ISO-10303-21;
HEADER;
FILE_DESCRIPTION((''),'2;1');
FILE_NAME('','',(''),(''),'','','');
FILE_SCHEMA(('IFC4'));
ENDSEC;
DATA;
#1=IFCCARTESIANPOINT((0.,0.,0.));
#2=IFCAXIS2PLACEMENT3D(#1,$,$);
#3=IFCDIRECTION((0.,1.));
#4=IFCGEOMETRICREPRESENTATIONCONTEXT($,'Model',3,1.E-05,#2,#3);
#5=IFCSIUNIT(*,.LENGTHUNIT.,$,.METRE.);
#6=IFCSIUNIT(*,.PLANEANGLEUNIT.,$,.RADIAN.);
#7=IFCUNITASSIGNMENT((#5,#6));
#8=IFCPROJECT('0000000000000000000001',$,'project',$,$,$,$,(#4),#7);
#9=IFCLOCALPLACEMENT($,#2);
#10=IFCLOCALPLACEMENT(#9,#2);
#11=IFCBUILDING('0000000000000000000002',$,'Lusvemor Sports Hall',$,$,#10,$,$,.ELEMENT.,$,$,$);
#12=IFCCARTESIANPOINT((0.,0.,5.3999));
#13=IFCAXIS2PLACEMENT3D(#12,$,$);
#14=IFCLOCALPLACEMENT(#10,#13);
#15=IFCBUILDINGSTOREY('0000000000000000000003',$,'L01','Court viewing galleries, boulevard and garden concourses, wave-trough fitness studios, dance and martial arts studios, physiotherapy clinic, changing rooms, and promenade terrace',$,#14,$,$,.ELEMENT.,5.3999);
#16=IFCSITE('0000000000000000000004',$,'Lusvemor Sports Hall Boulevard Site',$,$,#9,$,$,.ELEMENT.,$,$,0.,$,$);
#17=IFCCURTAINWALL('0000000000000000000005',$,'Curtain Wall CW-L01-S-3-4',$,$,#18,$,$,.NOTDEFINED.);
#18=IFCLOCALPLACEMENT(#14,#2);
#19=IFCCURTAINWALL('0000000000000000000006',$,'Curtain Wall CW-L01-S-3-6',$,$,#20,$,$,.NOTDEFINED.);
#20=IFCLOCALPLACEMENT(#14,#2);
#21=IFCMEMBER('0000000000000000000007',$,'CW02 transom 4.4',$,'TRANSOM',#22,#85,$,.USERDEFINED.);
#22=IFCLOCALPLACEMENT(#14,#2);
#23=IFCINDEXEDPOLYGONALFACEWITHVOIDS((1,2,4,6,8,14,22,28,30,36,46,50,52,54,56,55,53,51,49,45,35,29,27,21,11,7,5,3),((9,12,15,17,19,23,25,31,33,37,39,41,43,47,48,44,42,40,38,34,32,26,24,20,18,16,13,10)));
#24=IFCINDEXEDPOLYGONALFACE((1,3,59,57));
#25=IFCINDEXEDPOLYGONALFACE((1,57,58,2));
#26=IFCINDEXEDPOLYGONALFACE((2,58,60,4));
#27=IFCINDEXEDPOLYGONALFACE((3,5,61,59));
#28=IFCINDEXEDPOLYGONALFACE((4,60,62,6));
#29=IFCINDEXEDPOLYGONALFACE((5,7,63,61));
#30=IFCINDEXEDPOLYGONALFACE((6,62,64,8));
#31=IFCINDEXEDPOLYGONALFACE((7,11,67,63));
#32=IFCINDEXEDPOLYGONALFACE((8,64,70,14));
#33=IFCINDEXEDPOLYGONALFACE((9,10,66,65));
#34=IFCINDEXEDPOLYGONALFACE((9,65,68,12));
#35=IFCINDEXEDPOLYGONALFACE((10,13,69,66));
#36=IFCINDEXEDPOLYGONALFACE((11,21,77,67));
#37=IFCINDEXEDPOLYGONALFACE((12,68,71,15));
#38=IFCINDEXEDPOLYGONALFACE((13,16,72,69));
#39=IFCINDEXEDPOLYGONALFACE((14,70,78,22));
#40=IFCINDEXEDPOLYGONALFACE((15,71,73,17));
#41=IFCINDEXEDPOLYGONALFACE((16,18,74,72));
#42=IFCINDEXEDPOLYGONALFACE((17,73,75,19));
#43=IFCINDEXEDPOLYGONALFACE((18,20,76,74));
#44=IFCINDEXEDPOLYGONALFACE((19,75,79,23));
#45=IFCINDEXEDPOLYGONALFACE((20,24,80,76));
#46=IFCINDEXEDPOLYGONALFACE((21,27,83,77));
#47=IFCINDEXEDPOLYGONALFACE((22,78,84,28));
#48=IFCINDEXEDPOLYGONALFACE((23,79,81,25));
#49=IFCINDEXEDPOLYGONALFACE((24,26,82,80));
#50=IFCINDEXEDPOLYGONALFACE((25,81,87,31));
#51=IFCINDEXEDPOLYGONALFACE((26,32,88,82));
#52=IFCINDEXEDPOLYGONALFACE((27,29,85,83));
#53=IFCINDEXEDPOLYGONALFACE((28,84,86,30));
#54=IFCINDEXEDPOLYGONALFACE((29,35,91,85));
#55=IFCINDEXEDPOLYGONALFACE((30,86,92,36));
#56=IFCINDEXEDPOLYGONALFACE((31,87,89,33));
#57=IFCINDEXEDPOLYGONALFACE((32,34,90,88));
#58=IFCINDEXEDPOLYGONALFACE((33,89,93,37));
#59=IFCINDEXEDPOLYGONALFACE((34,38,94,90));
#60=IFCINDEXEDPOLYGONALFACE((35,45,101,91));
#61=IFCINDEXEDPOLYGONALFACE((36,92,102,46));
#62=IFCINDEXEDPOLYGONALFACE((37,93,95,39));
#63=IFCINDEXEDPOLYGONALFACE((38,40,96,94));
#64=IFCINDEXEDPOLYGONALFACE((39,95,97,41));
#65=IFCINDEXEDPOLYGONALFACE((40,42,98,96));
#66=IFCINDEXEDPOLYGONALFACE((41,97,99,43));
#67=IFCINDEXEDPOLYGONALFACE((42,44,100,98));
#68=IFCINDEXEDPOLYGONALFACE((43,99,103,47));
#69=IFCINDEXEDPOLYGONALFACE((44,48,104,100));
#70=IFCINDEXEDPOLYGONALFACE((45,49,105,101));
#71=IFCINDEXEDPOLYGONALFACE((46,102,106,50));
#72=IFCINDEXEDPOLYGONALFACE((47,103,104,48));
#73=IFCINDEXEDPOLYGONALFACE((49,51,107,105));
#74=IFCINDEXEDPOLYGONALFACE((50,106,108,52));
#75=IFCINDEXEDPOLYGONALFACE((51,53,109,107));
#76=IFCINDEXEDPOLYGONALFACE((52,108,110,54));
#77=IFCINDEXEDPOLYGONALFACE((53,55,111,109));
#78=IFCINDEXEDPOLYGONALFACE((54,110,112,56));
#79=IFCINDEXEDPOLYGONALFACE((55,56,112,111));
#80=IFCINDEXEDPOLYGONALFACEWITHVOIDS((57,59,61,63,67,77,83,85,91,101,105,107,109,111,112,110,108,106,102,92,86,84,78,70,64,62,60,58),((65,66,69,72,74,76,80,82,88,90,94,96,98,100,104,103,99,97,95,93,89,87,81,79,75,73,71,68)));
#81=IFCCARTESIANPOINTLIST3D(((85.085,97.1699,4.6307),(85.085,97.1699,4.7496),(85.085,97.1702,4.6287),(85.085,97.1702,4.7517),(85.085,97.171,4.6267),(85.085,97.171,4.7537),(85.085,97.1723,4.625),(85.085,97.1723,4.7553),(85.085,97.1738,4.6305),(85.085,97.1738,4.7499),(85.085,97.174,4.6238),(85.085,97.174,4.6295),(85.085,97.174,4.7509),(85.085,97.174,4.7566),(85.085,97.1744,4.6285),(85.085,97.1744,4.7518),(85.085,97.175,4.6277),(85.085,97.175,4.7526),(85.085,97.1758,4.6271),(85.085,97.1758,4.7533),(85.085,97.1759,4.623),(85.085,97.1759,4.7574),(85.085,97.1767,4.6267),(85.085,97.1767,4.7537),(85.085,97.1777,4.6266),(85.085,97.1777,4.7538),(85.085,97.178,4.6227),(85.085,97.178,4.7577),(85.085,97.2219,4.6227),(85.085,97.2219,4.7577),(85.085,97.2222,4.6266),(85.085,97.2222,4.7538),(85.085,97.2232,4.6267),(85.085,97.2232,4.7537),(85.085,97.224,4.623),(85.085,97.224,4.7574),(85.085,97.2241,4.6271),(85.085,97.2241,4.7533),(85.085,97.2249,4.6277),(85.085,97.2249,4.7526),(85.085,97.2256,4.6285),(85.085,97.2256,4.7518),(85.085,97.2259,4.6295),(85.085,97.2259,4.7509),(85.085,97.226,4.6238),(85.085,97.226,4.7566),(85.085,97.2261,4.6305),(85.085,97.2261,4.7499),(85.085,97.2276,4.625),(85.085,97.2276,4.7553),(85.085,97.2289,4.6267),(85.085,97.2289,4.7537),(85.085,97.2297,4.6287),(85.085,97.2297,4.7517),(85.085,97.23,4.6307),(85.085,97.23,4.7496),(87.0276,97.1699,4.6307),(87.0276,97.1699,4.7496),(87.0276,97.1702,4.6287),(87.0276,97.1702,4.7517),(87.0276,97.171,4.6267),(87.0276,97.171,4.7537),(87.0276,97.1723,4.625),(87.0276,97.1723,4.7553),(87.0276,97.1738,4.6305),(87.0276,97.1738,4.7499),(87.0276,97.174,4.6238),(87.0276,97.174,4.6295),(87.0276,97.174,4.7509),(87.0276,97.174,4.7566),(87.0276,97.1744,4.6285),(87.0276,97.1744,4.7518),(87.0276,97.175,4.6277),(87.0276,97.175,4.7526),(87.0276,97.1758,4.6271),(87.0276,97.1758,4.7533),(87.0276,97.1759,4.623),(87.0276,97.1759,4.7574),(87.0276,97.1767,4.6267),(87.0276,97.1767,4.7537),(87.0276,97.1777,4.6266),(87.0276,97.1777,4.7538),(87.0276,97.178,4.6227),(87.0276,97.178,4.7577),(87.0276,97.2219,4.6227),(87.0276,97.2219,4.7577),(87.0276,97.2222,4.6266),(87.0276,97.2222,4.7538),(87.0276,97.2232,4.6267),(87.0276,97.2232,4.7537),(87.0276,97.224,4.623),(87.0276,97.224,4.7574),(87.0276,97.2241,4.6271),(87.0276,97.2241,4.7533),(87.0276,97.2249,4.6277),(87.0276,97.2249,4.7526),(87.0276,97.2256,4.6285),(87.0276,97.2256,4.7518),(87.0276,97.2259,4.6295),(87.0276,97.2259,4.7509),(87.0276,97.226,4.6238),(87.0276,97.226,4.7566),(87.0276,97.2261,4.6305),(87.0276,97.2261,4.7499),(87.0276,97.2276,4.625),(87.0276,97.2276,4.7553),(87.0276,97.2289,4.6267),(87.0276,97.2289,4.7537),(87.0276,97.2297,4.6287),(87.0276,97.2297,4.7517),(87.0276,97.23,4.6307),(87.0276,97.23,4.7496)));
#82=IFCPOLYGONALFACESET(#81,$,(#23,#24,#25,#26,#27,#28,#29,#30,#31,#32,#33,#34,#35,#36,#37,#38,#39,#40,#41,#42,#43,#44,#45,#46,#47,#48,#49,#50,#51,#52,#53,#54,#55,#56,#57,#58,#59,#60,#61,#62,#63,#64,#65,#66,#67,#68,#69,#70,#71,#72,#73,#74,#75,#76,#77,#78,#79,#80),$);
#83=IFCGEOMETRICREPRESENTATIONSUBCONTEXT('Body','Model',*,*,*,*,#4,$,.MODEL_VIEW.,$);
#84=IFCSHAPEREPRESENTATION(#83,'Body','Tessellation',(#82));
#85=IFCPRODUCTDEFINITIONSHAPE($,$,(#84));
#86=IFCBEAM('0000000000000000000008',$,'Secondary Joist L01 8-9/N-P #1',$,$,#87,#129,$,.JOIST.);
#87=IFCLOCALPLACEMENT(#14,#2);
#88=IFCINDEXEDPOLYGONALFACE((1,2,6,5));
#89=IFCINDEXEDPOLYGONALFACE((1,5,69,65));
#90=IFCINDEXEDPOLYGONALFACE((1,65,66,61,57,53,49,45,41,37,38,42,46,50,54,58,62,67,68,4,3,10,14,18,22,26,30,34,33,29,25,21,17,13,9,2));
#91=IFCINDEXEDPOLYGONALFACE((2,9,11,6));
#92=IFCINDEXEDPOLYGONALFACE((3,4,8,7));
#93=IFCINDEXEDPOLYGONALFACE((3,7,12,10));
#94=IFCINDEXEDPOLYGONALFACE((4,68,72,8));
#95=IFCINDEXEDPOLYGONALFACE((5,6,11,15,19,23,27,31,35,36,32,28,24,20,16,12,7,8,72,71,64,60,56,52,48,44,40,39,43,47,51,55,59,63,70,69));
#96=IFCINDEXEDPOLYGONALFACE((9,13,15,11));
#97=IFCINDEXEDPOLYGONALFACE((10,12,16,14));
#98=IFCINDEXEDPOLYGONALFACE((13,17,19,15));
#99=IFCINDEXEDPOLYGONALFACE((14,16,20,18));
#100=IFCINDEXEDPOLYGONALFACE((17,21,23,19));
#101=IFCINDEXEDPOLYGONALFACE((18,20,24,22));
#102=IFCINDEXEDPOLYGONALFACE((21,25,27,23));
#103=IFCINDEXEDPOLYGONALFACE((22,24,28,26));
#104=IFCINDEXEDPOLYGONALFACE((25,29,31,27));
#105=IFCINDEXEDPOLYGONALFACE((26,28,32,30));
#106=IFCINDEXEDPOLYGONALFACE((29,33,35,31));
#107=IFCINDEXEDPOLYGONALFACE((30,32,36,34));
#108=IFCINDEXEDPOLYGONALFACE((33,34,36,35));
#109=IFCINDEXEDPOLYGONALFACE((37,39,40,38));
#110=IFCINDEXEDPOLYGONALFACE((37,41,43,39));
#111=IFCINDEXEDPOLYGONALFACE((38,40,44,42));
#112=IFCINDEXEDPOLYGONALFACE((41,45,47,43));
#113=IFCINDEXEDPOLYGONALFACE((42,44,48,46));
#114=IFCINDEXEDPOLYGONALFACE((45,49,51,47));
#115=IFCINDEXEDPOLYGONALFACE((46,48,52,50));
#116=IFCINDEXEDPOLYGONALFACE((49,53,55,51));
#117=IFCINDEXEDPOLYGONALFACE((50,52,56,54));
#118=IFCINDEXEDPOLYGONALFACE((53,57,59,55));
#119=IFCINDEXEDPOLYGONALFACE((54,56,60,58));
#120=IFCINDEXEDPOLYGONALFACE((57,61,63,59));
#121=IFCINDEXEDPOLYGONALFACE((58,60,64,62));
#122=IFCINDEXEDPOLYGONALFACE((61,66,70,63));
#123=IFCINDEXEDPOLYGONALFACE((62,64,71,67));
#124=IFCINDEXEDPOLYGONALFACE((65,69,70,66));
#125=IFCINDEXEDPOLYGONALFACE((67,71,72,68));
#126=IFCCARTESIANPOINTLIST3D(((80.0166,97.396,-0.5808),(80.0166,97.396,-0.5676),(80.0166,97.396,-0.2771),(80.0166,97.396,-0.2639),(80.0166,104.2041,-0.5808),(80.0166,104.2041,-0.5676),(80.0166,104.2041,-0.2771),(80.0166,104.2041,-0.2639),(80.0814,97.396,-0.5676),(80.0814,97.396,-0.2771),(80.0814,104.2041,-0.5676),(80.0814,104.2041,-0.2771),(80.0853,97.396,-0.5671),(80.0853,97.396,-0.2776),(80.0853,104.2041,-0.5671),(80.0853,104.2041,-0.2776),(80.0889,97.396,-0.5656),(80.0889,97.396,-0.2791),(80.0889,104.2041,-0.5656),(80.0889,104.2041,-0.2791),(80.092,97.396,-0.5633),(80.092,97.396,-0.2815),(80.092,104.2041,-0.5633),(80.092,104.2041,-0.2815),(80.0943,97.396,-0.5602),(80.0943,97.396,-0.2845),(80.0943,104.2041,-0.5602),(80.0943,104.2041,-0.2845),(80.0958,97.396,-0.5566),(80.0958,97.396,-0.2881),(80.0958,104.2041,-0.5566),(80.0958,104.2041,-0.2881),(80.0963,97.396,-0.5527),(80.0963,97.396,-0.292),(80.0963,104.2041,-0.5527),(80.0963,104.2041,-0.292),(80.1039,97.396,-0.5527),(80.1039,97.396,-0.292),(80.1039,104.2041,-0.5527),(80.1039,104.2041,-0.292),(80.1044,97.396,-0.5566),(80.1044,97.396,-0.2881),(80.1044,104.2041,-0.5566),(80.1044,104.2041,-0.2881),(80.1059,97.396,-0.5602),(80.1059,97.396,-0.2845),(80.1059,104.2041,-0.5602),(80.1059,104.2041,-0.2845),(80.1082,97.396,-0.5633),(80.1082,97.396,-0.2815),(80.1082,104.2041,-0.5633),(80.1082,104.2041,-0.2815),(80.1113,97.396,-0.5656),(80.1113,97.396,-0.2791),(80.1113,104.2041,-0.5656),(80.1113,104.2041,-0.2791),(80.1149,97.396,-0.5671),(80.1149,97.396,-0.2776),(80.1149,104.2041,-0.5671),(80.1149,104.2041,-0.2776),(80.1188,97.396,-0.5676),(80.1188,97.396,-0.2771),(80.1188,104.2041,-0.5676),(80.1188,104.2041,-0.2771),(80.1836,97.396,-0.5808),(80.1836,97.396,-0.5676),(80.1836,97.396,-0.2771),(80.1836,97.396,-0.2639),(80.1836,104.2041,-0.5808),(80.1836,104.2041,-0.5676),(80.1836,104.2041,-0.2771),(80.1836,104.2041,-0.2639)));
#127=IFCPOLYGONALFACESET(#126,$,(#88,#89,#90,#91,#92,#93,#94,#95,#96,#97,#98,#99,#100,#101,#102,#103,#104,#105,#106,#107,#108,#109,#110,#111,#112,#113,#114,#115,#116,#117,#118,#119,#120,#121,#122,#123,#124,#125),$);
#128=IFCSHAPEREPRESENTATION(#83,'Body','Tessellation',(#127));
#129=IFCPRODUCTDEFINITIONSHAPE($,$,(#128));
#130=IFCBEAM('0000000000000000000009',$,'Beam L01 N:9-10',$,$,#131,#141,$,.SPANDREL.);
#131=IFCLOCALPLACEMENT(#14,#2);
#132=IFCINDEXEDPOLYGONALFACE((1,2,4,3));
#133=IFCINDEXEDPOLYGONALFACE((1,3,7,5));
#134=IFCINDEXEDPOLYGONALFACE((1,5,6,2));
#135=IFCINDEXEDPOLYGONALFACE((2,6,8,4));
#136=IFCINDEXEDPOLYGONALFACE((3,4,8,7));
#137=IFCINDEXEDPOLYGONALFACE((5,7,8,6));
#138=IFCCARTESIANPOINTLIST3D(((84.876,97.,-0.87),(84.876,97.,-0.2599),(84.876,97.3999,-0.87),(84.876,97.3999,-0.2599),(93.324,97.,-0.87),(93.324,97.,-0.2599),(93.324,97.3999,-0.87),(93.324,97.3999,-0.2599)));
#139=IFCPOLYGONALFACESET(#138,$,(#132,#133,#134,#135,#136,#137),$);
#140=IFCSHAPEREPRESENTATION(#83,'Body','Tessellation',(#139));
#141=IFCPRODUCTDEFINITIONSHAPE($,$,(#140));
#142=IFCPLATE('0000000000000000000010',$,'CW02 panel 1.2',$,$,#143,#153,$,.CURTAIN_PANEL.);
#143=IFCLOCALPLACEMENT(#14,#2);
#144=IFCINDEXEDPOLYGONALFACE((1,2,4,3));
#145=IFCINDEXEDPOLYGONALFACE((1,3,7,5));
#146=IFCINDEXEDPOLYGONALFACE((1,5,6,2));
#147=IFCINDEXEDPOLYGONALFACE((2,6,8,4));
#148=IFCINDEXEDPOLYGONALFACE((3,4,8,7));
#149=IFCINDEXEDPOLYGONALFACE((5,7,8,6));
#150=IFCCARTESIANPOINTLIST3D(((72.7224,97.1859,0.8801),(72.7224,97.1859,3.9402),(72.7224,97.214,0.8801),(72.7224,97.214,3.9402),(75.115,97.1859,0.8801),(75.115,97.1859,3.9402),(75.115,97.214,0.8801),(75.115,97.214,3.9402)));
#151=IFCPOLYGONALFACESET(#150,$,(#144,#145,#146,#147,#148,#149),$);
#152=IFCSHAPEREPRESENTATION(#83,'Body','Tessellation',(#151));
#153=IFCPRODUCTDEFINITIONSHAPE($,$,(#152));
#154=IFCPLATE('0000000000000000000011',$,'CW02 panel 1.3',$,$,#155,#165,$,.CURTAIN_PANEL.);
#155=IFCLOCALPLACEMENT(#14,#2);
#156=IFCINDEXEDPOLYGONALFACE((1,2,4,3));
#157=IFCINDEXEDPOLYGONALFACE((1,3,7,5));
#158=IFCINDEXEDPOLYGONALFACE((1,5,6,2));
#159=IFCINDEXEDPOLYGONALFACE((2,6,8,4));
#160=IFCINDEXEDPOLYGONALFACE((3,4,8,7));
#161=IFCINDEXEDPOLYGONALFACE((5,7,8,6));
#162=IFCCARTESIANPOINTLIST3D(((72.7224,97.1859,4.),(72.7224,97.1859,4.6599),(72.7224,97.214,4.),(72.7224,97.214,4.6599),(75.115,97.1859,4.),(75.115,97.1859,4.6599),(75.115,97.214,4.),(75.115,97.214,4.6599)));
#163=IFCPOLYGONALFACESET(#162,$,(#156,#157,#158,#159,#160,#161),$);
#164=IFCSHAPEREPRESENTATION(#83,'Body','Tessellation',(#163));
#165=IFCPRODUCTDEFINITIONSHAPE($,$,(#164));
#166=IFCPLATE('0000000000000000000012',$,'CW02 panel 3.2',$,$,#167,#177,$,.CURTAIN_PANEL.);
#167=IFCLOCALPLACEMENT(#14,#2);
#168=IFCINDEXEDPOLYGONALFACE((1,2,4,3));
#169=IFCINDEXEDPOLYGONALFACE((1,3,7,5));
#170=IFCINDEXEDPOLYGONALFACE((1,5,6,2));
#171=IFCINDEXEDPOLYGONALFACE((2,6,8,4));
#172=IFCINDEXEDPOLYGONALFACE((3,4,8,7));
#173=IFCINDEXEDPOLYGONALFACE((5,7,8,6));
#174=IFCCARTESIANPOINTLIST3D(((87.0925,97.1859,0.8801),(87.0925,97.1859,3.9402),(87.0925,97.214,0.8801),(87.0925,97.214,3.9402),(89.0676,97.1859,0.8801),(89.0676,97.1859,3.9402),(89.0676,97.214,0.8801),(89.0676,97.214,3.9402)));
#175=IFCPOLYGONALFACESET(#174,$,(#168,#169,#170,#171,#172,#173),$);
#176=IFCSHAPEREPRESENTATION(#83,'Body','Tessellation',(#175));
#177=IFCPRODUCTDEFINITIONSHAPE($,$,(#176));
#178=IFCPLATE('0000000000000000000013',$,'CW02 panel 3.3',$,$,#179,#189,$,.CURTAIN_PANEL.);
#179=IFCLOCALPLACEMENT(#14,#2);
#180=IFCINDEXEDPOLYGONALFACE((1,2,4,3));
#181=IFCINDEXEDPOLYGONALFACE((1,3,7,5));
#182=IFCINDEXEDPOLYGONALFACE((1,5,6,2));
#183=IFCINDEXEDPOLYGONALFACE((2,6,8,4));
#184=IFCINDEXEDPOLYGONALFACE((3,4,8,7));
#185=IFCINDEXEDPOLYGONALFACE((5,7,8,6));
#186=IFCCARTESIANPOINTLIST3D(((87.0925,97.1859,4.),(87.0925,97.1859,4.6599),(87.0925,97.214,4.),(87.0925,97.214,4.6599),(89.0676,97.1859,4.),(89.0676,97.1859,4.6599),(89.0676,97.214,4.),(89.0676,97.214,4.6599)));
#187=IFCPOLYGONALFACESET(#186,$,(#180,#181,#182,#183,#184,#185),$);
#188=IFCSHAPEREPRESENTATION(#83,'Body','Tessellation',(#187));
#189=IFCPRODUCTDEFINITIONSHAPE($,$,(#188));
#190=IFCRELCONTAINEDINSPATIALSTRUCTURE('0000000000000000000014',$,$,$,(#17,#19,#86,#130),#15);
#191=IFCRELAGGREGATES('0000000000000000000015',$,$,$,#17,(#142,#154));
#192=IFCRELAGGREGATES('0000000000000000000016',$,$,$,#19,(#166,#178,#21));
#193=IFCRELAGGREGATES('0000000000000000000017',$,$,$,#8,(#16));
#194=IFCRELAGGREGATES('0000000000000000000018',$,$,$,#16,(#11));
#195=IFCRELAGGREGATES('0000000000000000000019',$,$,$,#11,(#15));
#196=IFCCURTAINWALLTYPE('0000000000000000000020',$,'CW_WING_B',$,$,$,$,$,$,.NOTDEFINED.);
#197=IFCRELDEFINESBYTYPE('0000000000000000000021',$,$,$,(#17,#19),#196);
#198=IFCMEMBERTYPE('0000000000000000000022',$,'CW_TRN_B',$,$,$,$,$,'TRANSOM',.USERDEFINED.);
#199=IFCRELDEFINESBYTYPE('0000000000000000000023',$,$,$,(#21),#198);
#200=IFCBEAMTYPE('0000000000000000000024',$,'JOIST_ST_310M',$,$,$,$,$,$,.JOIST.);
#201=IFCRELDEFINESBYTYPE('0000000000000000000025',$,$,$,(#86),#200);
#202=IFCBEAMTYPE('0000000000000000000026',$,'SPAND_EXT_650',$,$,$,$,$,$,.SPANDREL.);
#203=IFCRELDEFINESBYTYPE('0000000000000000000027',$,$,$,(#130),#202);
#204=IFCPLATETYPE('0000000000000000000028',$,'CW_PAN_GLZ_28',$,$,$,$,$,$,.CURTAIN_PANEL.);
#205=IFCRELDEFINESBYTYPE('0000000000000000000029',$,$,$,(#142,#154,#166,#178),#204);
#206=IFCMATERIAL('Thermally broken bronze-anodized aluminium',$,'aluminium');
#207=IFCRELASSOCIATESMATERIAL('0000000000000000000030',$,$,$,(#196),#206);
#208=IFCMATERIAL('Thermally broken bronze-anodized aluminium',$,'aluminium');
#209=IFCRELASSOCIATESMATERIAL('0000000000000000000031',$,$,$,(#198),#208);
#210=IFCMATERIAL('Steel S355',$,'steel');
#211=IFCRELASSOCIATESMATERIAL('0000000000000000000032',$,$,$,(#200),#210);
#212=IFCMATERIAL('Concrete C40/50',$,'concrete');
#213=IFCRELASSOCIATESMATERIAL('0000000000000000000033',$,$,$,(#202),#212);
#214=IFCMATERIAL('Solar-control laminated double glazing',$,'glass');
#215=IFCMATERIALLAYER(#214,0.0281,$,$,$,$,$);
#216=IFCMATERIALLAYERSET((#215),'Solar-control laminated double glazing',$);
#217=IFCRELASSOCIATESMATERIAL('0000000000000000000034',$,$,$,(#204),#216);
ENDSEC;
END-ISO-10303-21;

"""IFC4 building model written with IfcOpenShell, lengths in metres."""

from ifc_helpers import new_model, si_unit, direction, frame, origin, origin_2d, place, context, subcontext, project, spatial, rectangle, hollow_rectangle, i_section, extrude, material, layer, layer_set, material_profile, profile_set, type_object, element, aggregate, save


model = new_model("IFC4")

# Units and contexts
model_context = context("Model", 3, precision=1e-05, world=origin(), true_north=direction((0.0, 1.0)))
body_context = subcontext(model_context, "Body", "Model", "MODEL_VIEW")
ifc_project = project(units=[si_unit("LENGTHUNIT", "METRE"), si_unit("PLANEANGLEUNIT", "RADIAN")], contexts=[model_context])

# Site, building, storey
site_placement = place(None, origin())
site = spatial("IfcSite", under=ifc_project, at=site_placement, Name="Lusvemor Sports Hall Boulevard Site", CompositionType="ELEMENT", RefElevation=0.0)
building_placement = place(site_placement, origin())
building = spatial("IfcBuilding", under=site, at=building_placement, Name="Lusvemor Sports Hall", CompositionType="ELEMENT")
storey_placement = place(building_placement, frame((0.0, 0.0, 5.3999)))
storey = spatial("IfcBuildingStorey", under=building, at=storey_placement, Name="L01", Description="Court viewing galleries, boulevard and garden concourses, wave-trough fitness studios, dance and martial arts studios, physiotherapy clinic, changing rooms, and promenade terrace", CompositionType="ELEMENT", Elevation=5.3999)

# Curtain walls
ifc_material_1 = material(Name="Thermally broken bronze-anodized aluminium", Category="aluminium")
curtain_wall_type = type_object("IfcCurtainWallType", Name="CW_WING_B", PredefinedType="NOTDEFINED", material=ifc_material_1)
curtain_wall_1_placement = place(storey_placement, origin())
curtain_wall_1 = element("IfcCurtainWall", 1, at=curtain_wall_1_placement, inside=storey, type_object=curtain_wall_type, Name="Curtain Wall CW-L01-S-3-4", PredefinedType="NOTDEFINED")
curtain_wall_2_placement = place(storey_placement, origin())
curtain_wall_2 = element("IfcCurtainWall", 2, at=curtain_wall_2_placement, inside=storey, type_object=curtain_wall_type, Name="Curtain Wall CW-L01-S-3-6", PredefinedType="NOTDEFINED")

# Member
ifc_material_2 = material(Name="Thermally broken bronze-anodized aluminium", Category="aluminium")
ifc_material_profile_1 = material_profile(ifc_material_2, hollow_rectangle(XDim=0.0601, YDim=0.135, WallThickness=0.0039, InnerFilletRadius=0.0039, OuterFilletRadius=0.0081, at=origin_2d()), Name="CWTRN135x60x4")
ifc_profile_set_1 = profile_set([ifc_material_profile_1], Name="Thermally broken bronze-anodized aluminium")
member_type_1 = type_object("IfcMemberType", Name="CW_TRN_B", ElementType="TRANSOM", PredefinedType="USERDEFINED", material=ifc_profile_set_1)
member_1_placement = place(storey_placement, frame((87.0276, 97.2, 4.6902), z_axis=(-1.0, 0.0, 0.0), x_axis=(0.0, -1.0, 0.0)))
member_1 = element("IfcMember", 3, at=member_1_placement, type_object=member_type_1, Name="CW02 transom 4.4", ObjectType="TRANSOM", PredefinedType="USERDEFINED", context=body_context, shape_type="SweptSolid", body=[
    extrude(hollow_rectangle(XDim=0.0601, YDim=0.135, WallThickness=0.0039, InnerFilletRadius=0.0039, OuterFilletRadius=0.0081, at=origin_2d()), origin(), (0.0, 0.0, 1.0), 1.9426),
])

# Beams
ifc_material_3 = material(Name="Steel S355", Category="steel")
ifc_material_profile_2 = material_profile(ifc_material_3, i_section(OverallWidth=0.167, OverallDepth=0.3169, WebThickness=0.0076, FlangeThickness=0.0132, FilletRadius=0.0149, at=origin_2d()), Name="W310x52.0")
ifc_profile_set_2 = profile_set([ifc_material_profile_2], Name="Steel S355")
beam_type_1 = type_object("IfcBeamType", Name="JOIST_ST_310M", PredefinedType="JOIST", material=ifc_profile_set_2)
beam_1_placement = place(storey_placement, frame((80.1001, 97.396, -0.4224), z_axis=(0.0, 1.0, 0.0), x_axis=(-1.0, 0.0, 0.0)))
element("IfcBeam", 4, at=beam_1_placement, inside=storey, type_object=beam_type_1, Name="Secondary Joist L01 8-9/N-P #1", PredefinedType="JOIST", context=body_context, shape_type="SweptSolid", body=[
    extrude(i_section(OverallWidth=0.167, OverallDepth=0.3169, WebThickness=0.0076, FlangeThickness=0.0132, FilletRadius=0.0149, at=origin_2d()), origin(), (0.0, 0.0, 1.0), 6.8081),
])
ifc_material_4 = material(Name="Concrete C40/50", Category="concrete")
ifc_material_profile_3 = material_profile(ifc_material_4, rectangle(XDim=0.3999, YDim=0.6101, at=origin_2d()), Name="RC400x610")
ifc_profile_set_3 = profile_set([ifc_material_profile_3], Name="Concrete C40/50")
beam_type_2 = type_object("IfcBeamType", Name="SPAND_EXT_650", PredefinedType="SPANDREL", material=ifc_profile_set_3)
beam_2_placement = place(storey_placement, frame((84.876, 97.2, -0.5649), z_axis=(1.0, 0.0, 0.0), x_axis=(0.0, 1.0, 0.0)))
element("IfcBeam", 5, at=beam_2_placement, inside=storey, type_object=beam_type_2, Name="Beam L01 N:9-10", PredefinedType="SPANDREL", context=body_context, shape_type="SweptSolid", body=[
    extrude(rectangle(XDim=0.3999, YDim=0.6101, at=origin_2d()), origin(), (0.0, 0.0, 1.0), 8.448),
])

# Plates
ifc_material_5 = material(Name="Solar-control laminated double glazing", Category="glass")
ifc_layer_1 = layer(ifc_material_5, 0.0281)
ifc_layer_set_1 = layer_set([ifc_layer_1], Name="Solar-control laminated double glazing")
plate_type_1 = type_object("IfcPlateType", Name="CW_PAN_GLZ_28", PredefinedType="CURTAIN_PANEL", material=ifc_layer_set_1)
plate_1_placement = place(storey_placement, frame((73.9187, 97.2, 0.8801), z_axis=(0.0, 0.0, 1.0), x_axis=(-1.0, 0.0, 0.0)))
plate_1 = element("IfcPlate", 6, at=plate_1_placement, type_object=plate_type_1, Name="CW02 panel 1.2", PredefinedType="CURTAIN_PANEL", context=body_context, shape_type="SweptSolid", body=[
    extrude(rectangle(XDim=2.3926, YDim=0.0281, at=origin_2d()), origin(), (0.0, 0.0, 1.0), 3.0601),
])
plate_2_placement = place(storey_placement, frame((73.9187, 97.2, 4.0), z_axis=(0.0, 0.0, 1.0), x_axis=(-1.0, 0.0, 0.0)))
plate_2 = element("IfcPlate", 7, at=plate_2_placement, type_object=plate_type_1, Name="CW02 panel 1.3", PredefinedType="CURTAIN_PANEL", context=body_context, shape_type="SweptSolid", body=[
    extrude(rectangle(XDim=2.3926, YDim=0.0281, at=origin_2d()), origin(), (0.0, 0.0, 1.0), 0.6599),
])
plate_3_placement = place(storey_placement, frame((88.0801, 97.2, 0.8801), z_axis=(0.0, 0.0, 1.0), x_axis=(-1.0, 0.0, 0.0)))
plate_3 = element("IfcPlate", 8, at=plate_3_placement, type_object=plate_type_1, Name="CW02 panel 3.2", PredefinedType="CURTAIN_PANEL", context=body_context, shape_type="SweptSolid", body=[
    extrude(rectangle(XDim=1.9751, YDim=0.0281, at=origin_2d()), origin(), (0.0, 0.0, 1.0), 3.0601),
])
plate_4_placement = place(storey_placement, frame((88.0801, 97.2, 4.0), z_axis=(0.0, 0.0, 1.0), x_axis=(-1.0, 0.0, 0.0)))
plate_4 = element("IfcPlate", 9, at=plate_4_placement, type_object=plate_type_1, Name="CW02 panel 3.3", PredefinedType="CURTAIN_PANEL", context=body_context, shape_type="SweptSolid", body=[
    extrude(rectangle(XDim=1.9751, YDim=0.0281, at=origin_2d()), origin(), (0.0, 0.0, 1.0), 0.6599),
])
aggregate(curtain_wall_1, [plate_1, plate_2])
aggregate(curtain_wall_2, [plate_3, plate_4, member_1])

save(model, "model.ifc")
